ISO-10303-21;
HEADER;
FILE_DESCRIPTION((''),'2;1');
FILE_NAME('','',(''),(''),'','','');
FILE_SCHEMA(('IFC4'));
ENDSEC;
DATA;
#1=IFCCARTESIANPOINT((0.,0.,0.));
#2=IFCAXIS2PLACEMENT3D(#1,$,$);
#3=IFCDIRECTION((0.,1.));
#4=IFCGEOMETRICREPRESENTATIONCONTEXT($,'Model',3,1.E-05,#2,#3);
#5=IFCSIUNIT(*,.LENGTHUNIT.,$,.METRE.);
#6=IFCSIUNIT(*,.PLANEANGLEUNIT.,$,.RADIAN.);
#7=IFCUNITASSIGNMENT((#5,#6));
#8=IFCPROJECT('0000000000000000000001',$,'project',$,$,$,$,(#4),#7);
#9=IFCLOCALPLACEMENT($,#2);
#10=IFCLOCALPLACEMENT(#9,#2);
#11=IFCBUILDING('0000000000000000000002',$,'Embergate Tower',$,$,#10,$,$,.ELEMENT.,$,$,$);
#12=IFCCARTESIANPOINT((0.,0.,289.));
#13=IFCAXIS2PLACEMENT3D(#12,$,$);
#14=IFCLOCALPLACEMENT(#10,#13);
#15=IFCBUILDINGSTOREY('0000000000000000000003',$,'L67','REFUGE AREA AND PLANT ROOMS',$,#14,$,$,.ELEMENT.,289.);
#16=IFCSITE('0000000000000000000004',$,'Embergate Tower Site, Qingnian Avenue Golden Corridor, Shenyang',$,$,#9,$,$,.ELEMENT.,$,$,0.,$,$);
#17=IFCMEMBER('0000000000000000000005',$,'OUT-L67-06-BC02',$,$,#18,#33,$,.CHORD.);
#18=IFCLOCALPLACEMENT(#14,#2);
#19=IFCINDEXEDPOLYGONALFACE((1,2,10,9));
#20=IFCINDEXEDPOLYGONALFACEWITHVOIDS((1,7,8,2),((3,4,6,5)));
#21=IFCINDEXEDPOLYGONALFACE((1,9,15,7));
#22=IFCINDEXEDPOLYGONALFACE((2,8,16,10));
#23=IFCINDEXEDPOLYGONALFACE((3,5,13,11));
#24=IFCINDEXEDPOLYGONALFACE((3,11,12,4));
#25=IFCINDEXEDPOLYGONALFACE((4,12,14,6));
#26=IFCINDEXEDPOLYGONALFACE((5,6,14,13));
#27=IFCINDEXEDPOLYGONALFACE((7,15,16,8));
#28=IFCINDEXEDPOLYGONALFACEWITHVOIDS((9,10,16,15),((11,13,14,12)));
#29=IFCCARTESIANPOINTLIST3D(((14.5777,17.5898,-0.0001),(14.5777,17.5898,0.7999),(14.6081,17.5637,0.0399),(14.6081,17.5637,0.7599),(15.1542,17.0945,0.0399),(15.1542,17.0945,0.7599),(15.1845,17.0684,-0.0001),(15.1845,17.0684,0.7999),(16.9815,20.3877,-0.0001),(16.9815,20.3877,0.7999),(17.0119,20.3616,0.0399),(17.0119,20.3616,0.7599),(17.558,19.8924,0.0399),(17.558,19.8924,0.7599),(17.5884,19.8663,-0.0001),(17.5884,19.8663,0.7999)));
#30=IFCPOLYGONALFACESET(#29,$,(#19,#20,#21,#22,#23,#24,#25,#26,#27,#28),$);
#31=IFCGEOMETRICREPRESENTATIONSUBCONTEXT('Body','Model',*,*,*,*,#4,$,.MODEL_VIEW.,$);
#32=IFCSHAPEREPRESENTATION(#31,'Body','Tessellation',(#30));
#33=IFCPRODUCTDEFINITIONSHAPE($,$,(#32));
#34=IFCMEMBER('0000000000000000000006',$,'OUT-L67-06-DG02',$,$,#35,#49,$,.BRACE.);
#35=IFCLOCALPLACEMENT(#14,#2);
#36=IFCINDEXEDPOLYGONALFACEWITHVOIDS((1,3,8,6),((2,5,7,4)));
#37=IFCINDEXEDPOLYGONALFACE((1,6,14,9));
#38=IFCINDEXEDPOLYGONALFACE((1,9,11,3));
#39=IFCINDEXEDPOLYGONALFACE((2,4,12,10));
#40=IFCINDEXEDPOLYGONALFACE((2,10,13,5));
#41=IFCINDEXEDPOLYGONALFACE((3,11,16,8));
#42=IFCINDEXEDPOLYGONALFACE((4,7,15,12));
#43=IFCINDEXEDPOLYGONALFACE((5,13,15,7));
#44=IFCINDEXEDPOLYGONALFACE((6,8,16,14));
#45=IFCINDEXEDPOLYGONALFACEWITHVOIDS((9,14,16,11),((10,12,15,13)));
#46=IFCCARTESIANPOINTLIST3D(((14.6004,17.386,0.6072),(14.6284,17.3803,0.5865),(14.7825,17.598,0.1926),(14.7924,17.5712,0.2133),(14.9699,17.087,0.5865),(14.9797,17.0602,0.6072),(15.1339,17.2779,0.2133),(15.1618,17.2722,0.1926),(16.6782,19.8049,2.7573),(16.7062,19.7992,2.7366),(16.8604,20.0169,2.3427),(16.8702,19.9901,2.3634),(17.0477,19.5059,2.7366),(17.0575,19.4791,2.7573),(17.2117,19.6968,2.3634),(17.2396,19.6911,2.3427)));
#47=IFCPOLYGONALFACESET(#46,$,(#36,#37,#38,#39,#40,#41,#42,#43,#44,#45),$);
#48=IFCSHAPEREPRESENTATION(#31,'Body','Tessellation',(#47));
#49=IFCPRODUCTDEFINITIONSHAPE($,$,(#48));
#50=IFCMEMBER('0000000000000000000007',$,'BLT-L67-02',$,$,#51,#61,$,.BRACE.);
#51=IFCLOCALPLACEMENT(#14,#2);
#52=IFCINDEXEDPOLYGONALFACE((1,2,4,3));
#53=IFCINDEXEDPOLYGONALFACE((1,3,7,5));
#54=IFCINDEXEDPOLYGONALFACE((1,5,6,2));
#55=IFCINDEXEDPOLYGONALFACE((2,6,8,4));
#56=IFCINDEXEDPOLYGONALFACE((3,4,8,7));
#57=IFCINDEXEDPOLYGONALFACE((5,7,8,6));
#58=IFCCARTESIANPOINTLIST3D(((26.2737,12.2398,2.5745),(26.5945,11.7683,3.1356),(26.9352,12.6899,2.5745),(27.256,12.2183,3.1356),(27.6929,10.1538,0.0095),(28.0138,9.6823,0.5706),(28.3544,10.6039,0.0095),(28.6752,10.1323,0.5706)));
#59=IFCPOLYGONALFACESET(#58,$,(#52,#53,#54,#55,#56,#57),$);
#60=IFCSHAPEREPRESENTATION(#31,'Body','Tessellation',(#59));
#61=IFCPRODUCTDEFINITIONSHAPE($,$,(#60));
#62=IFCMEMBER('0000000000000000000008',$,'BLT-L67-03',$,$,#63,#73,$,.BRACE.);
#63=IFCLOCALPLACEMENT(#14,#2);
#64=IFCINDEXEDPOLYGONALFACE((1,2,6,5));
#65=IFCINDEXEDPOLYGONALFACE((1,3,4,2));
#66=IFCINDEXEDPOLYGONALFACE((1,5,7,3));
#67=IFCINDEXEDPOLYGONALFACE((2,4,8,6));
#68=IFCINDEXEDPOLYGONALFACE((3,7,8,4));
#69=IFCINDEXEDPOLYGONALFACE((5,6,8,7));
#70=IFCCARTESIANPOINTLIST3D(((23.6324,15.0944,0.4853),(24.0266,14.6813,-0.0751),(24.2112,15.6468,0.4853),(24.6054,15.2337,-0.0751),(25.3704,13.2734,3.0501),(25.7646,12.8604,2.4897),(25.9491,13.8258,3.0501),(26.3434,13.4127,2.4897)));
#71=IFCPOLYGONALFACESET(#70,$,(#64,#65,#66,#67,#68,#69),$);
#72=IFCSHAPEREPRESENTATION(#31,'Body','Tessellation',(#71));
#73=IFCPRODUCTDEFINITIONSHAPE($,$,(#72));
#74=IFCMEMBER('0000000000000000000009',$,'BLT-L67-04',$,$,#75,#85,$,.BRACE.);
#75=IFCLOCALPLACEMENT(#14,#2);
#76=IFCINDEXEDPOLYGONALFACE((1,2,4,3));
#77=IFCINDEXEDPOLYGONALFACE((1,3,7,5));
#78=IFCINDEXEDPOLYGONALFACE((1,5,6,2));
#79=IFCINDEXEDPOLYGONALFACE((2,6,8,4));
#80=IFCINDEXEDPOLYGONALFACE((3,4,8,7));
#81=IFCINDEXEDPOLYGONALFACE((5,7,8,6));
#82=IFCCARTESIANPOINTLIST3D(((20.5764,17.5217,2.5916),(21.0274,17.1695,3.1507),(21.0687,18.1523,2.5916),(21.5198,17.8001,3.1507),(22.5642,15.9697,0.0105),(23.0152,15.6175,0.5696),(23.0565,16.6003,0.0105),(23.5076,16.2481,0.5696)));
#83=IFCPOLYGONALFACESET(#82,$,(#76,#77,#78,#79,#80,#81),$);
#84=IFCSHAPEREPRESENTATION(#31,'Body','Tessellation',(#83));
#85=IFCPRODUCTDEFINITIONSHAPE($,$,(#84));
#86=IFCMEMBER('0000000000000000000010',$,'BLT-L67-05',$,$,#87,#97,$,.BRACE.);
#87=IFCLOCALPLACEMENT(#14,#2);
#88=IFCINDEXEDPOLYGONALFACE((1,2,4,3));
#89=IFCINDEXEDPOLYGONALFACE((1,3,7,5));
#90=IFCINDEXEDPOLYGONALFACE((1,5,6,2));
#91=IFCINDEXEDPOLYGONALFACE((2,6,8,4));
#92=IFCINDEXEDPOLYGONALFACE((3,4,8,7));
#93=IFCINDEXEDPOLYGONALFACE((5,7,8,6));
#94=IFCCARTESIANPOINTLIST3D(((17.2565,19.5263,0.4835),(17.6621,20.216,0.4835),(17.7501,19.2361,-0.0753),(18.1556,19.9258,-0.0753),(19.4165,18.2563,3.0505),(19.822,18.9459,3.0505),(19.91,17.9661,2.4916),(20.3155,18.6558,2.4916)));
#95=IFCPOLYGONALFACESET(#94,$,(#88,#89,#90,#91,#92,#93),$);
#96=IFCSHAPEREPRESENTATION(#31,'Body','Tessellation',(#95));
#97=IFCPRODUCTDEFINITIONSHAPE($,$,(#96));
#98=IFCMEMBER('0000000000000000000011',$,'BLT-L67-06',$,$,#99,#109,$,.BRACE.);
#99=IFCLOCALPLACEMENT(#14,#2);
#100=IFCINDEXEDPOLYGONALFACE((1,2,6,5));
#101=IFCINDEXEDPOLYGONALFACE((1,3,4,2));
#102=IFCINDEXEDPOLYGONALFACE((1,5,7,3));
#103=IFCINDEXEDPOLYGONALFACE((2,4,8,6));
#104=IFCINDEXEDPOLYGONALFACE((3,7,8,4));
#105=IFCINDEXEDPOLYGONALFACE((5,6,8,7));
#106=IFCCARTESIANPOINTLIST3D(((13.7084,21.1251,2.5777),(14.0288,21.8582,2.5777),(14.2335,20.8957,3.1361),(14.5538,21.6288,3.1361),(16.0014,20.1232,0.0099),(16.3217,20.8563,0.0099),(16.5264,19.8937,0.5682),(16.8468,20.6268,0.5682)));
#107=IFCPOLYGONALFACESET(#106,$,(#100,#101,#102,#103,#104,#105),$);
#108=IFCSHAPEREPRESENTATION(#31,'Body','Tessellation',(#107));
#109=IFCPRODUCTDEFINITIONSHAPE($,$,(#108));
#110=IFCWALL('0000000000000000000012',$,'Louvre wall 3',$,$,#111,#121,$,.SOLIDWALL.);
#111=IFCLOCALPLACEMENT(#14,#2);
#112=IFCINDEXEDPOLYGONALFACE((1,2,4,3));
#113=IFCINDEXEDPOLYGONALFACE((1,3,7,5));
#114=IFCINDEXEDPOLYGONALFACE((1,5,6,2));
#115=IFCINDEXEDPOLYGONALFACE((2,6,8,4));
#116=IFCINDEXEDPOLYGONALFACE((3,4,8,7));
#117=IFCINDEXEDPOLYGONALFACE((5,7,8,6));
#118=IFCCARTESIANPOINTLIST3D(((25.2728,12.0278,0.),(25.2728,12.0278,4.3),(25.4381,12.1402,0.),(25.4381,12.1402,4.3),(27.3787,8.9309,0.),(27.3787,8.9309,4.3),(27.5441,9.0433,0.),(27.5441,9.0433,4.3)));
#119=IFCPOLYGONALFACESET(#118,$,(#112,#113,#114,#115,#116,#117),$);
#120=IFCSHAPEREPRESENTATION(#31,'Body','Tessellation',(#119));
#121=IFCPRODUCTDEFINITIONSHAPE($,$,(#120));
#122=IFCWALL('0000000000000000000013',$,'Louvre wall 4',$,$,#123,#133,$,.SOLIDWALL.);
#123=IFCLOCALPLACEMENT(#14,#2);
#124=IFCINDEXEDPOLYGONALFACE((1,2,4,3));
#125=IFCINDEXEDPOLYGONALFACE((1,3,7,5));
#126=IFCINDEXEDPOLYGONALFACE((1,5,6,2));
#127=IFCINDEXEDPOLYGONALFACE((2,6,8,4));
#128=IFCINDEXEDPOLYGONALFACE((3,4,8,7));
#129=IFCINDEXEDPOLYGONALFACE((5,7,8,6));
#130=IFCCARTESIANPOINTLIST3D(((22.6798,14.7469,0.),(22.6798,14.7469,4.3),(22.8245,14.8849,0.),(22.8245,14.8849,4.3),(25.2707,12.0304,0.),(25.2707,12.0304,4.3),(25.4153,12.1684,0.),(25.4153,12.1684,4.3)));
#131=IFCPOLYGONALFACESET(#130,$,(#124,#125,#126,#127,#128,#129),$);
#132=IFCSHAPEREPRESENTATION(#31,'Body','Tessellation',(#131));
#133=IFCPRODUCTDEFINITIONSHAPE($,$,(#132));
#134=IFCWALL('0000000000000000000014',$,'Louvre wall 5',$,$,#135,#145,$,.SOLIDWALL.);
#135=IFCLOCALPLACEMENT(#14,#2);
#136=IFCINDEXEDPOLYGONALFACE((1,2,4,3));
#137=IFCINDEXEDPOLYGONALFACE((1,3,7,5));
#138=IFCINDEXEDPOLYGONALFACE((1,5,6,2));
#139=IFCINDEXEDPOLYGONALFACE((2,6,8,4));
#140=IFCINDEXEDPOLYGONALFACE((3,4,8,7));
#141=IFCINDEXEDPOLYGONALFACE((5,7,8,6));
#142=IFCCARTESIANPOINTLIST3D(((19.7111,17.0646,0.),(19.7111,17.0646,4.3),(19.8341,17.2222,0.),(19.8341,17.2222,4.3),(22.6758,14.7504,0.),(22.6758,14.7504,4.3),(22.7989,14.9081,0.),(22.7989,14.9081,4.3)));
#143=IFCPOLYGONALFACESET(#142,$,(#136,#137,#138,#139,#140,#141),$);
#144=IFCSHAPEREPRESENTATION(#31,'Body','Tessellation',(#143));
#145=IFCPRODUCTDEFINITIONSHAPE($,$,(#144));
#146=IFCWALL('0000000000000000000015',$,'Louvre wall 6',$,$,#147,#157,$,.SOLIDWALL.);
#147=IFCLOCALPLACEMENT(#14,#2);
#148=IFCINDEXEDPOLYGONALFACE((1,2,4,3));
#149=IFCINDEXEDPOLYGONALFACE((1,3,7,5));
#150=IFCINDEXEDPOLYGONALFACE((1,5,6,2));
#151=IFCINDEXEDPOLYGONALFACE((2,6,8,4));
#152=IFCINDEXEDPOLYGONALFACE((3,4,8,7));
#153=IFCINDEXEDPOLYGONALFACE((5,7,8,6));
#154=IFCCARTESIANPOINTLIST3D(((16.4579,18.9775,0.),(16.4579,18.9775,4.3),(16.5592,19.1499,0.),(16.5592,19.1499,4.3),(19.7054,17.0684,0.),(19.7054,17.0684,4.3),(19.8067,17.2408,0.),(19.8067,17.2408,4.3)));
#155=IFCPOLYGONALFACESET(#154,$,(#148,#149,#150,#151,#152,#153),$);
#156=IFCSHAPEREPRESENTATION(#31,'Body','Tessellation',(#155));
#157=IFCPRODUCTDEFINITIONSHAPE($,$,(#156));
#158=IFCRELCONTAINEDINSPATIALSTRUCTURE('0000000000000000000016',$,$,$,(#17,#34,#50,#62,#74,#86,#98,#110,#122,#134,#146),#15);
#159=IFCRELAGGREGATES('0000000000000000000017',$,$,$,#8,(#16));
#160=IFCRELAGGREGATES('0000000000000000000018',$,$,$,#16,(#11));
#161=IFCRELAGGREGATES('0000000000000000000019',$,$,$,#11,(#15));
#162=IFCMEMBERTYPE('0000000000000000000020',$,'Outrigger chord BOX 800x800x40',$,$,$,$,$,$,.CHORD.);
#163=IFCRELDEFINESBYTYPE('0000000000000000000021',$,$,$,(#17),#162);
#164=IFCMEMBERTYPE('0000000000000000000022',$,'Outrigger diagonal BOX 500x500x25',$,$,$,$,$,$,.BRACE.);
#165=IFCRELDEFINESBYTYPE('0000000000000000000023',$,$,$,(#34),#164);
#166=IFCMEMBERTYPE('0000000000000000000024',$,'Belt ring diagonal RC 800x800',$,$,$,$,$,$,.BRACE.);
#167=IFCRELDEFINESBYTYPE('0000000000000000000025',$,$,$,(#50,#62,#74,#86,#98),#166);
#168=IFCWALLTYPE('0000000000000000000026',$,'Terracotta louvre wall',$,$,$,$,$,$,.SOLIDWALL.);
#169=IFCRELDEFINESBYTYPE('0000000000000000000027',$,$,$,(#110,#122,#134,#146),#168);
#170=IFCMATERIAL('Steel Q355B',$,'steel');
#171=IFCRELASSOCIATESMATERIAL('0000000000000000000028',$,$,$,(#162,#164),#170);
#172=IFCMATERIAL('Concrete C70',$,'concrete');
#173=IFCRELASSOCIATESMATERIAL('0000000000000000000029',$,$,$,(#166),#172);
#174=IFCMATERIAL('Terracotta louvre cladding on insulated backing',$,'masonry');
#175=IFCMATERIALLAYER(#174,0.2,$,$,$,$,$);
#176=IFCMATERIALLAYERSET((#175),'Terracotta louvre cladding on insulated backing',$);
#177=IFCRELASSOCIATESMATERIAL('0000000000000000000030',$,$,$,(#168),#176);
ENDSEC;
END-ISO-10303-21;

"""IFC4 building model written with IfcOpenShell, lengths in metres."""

from ifc_helpers import new_model, si_unit, direction, frame, frame_2d, origin, origin_2d, place, context, subcontext, project, spatial, rectangle, hollow_rectangle, extrude, source, transform, mapped, material, layer, layer_set, material_profile, profile_set, type_object, element, save


model = new_model("IFC4")

# Units and contexts
model_context = context("Model", 3, precision=1e-05, world=origin(), true_north=direction((0.0, 1.0)))
body_context = subcontext(model_context, "Body", "Model", "MODEL_VIEW")
ifc_project = project(units=[si_unit("LENGTHUNIT", "METRE"), si_unit("PLANEANGLEUNIT", "RADIAN")], contexts=[model_context])

# Site, building, storey
site_placement = place(None, origin())
site = spatial("IfcSite", under=ifc_project, at=site_placement, Name="Embergate Tower Site, Qingnian Avenue Golden Corridor, Shenyang", CompositionType="ELEMENT", RefElevation=0.0)
building_placement = place(site_placement, origin())
building = spatial("IfcBuilding", under=site, at=building_placement, Name="Embergate Tower", CompositionType="ELEMENT")
storey_placement = place(building_placement, frame((0.0, 0.0, 289.0)))
storey = spatial("IfcBuildingStorey", under=building, at=storey_placement, Name="L67", Description="REFUGE AREA AND PLANT ROOMS", CompositionType="ELEMENT", Elevation=289.0)

# Shared definitions
ifc_material_1 = material(Name="Steel Q355B", Category="steel")

# Members
ifc_material_profile_1 = material_profile(ifc_material_1, hollow_rectangle(XDim=0.8, YDim=0.8, WallThickness=0.04, at=origin_2d()), Name="BOX 800x800x40")
ifc_profile_set_1 = profile_set([ifc_material_profile_1], Name="Steel Q355 grade B")
member_type_1 = type_object("IfcMemberType", Name="Outrigger chord BOX 800x800x40", PredefinedType="CHORD", material=ifc_profile_set_1)
shared_shape_1 = source(origin(), body_context, "Body", "SweptSolid", [
    extrude(hollow_rectangle(XDim=0.8, YDim=0.8, WallThickness=0.04, at=origin_2d()), origin(), (0.0, 0.0, 1.0), 3.6887),
])
for number, where, z_axis, x_axis, name in (
    (1, (14.8811, 17.3291, 0.3999), (0.651674, 0.758499, 0.0), (-0.758499, 0.651674, 0.0), "OUT-L67-06-BC02"),
):
    element("IfcMember", number, at=place(storey_placement, frame(where, z_axis=z_axis, x_axis=x_axis)), inside=storey, type_object=member_type_1, Name=name, PredefinedType="CHORD", context=body_context, shape_type="MappedRepresentation", body=[
        mapped(shared_shape_1, transform((0.0, 0.0, 0.0))),
    ])
ifc_material_profile_2 = material_profile(ifc_material_1, hollow_rectangle(XDim=0.5, YDim=0.5, WallThickness=0.0249, at=origin_2d()), Name="BOX 500x500x25")
ifc_profile_set_2 = profile_set([ifc_material_profile_2], Name="Steel Q355 grade B")
member_type_2 = type_object("IfcMemberType", Name="Outrigger diagonal BOX 500x500x25", PredefinedType="BRACE", material=ifc_profile_set_2)
shared_shape_2 = source(origin(), body_context, "Body", "SweptSolid", [
    extrude(hollow_rectangle(XDim=0.5, YDim=0.5, WallThickness=0.0249, at=origin_2d()), origin(), (0.0, 0.0, 1.0), 3.8459),
])
member_1_placement = place(storey_placement, frame((14.8811, 17.3291, 0.3999), z_axis=(0.540265, 0.628945, 0.559055), x_axis=(-0.758559, 0.651604, 0.0)))
element("IfcMember", 2, at=member_1_placement, inside=storey, type_object=member_type_2, Name="OUT-L67-06-DG02", PredefinedType="BRACE", context=body_context, shape_type="MappedRepresentation", body=[
    mapped(shared_shape_2, transform((0.0, 0.0, 0.0))),
])
ifc_material_2 = material(Name="Concrete C70", Category="concrete")
ifc_material_profile_3 = material_profile(ifc_material_2, rectangle(XDim=0.8, YDim=0.8, at=origin_2d()), Name="RC 800x800")
ifc_profile_set_3 = profile_set([ifc_material_profile_3], Name="Concrete C70")
member_type_3 = type_object("IfcMemberType", Name="Belt ring diagonal RC 800x800", PredefinedType="BRACE", material=ifc_profile_set_3)
shared_shape_3 = source(origin(), body_context, "Body", "SweptSolid", [
    extrude(rectangle(XDim=0.8, YDim=0.8, at=origin_2d()), origin(), (0.0, 0.0, 1.0), 3.5979),
])
member_2_placement = place(storey_placement, frame((28.1841, 10.1431, 0.29), z_axis=(-0.39446, 0.579782, 0.71292), x_axis=(-0.826788, -0.562514, 0.0)))
element("IfcMember", 3, at=member_2_placement, inside=storey, type_object=member_type_3, Name="BLT-L67-02", PredefinedType="BRACE", context=body_context, shape_type="MappedRepresentation", body=[
    mapped(shared_shape_3, transform((0.0, 0.0, 0.0))),
])
shared_shape_4 = source(origin(), body_context, "Body", "SweptSolid", [
    extrude(rectangle(XDim=0.8, YDim=0.8, at=origin_2d()), origin(), (0.0, 0.0, 1.0), 3.5938),
])
member_3_placement = place(storey_placement, frame((24.1189, 15.1641, 0.2051), z_axis=(0.483612, -0.506709, 0.713699), x_axis=(0.723402, 0.690427, 0.0)))
element("IfcMember", 4, at=member_3_placement, inside=storey, type_object=member_type_3, Name="BLT-L67-03", PredefinedType="BRACE", context=body_context, shape_type="MappedRepresentation", body=[
    mapped(shared_shape_4, transform((0.0, 0.0, 0.0))),
])
shared_shape_5 = source(origin(), body_context, "Body", "SweptSolid", [
    extrude(rectangle(XDim=0.8, YDim=0.8, at=origin_2d()), origin(), (0.0, 0.0, 1.0), 3.6086),
])
member_4_placement = place(storey_placement, frame((23.0359, 16.1089, 0.29), z_axis=(-0.550851, 0.430086, 0.715254), x_axis=(-0.615407, -0.788209, 0.0)))
element("IfcMember", 5, at=member_4_placement, inside=storey, type_object=member_type_3, Name="BLT-L67-04", PredefinedType="BRACE", context=body_context, shape_type="MappedRepresentation", body=[
    mapped(shared_shape_5, transform((0.0, 0.0, 0.0))),
])
shared_shape_6 = source(origin(), body_context, "Body", "SweptSolid", [
    extrude(rectangle(XDim=0.8, YDim=0.8, at=origin_2d()), origin(), (0.0, 0.0, 1.0), 3.5872),
])
member_5_placement = place(storey_placement, frame((17.7061, 19.7261, 0.2041), z_axis=(0.602137, -0.354054, 0.715595), x_axis=(0.506867, 0.862024, 0.0)))
element("IfcMember", 6, at=member_5_placement, inside=storey, type_object=member_type_3, Name="BLT-L67-05", PredefinedType="BRACE", context=body_context, shape_type="MappedRepresentation", body=[
    mapped(shared_shape_6, transform((0.0, 0.0, 0.0))),
])
shared_shape_7 = source(origin(), body_context, "Body", "SweptSolid", [
    extrude(rectangle(XDim=0.8, YDim=0.8, at=origin_2d()), origin(), (0.0, 0.0, 1.0), 3.5854),
])
member_6_placement = place(storey_placement, frame((16.4241, 20.375, 0.2891), z_axis=(-0.639517, 0.279448, 0.716189), x_axis=(-0.400409, -0.916336, 0.0)))
element("IfcMember", 7, at=member_6_placement, inside=storey, type_object=member_type_3, Name="BLT-L67-06", PredefinedType="BRACE", context=body_context, shape_type="MappedRepresentation", body=[
    mapped(shared_shape_7, transform((0.0, 0.0, 0.0))),
])

# Walls
ifc_material_3 = material(Name="Terracotta louvre cladding on insulated backing", Category="masonry")
ifc_layer_1 = layer(ifc_material_3, 0.2)
ifc_layer_set_1 = layer_set([ifc_layer_1], Name="Terracotta louvre cladding on insulated backing")
wall_type_1 = type_object("IfcWallType", Name="Terracotta louvre wall", PredefinedType="SOLIDWALL", material=ifc_layer_set_1)
shared_shape_8 = source(origin(), body_context, "Body", "SweptSolid", [
    extrude(rectangle(XDim=3.7451, YDim=0.2, at=frame_2d((1.8726, 0.0))), origin(), (0.0, 0.0, 1.0), 4.3),
])
wall_1_placement = place(storey_placement, frame((25.3555, 12.084, 0.0), z_axis=(0.0, 0.0, 1.0), x_axis=(0.562319, -0.82692, 0.0)))
element("IfcWall", 8, at=wall_1_placement, inside=storey, type_object=wall_type_1, Name="Louvre wall 3", PredefinedType="SOLIDWALL", context=body_context, shape_type="MappedRepresentation", body=[
    mapped(shared_shape_8, transform((0.0, 0.0, 0.0))),
])
shared_shape_9 = source(origin(), body_context, "Body", "SweptSolid", [
    extrude(rectangle(XDim=3.7539, YDim=0.2, at=frame_2d((1.877, 0.0))), origin(), (0.0, 0.0, 1.0), 4.3),
])
wall_2_placement = place(storey_placement, frame((22.7522, 14.8159, 0.0), z_axis=(0.0, 0.0, 1.0), x_axis=(0.690162, -0.723655, 0.0)))
element("IfcWall", 9, at=wall_2_placement, inside=storey, type_object=wall_type_1, Name="Louvre wall 4", PredefinedType="SOLIDWALL", context=body_context, shape_type="MappedRepresentation", body=[
    mapped(shared_shape_9, transform((0.0, 0.0, 0.0))),
])
shared_shape_10 = source(origin(), body_context, "Body", "SweptSolid", [
    extrude(rectangle(XDim=3.761, YDim=0.2, at=frame_2d((1.8804, 0.0))), origin(), (0.0, 0.0, 1.0), 4.3),
])
wall_3_placement = place(storey_placement, frame((19.7727, 17.1433, 0.0), z_axis=(0.0, 0.0, 1.0), x_axis=(0.788292, -0.615301, 0.0)))
element("IfcWall", 10, at=wall_3_placement, inside=storey, type_object=wall_type_1, Name="Louvre wall 5", PredefinedType="SOLIDWALL", context=body_context, shape_type="MappedRepresentation", body=[
    mapped(shared_shape_10, transform((0.0, 0.0, 0.0))),
])
shared_shape_11 = source(origin(), body_context, "Body", "SweptSolid", [
    extrude(rectangle(XDim=3.7671, YDim=0.2, at=frame_2d((1.8835, 0.0))), origin(), (0.0, 0.0, 1.0), 4.3),
])
wall_4_placement = place(storey_placement, frame((16.5085, 19.0637, 0.0), z_axis=(0.0, 0.0, 1.0), x_axis=(0.862067, -0.506794, 0.0)))
element("IfcWall", 11, at=wall_4_placement, inside=storey, type_object=wall_type_1, Name="Louvre wall 6", PredefinedType="SOLIDWALL", context=body_context, shape_type="MappedRepresentation", body=[
    mapped(shared_shape_11, transform((0.0, 0.0, 0.0))),
])

save(model, "model.ifc")
